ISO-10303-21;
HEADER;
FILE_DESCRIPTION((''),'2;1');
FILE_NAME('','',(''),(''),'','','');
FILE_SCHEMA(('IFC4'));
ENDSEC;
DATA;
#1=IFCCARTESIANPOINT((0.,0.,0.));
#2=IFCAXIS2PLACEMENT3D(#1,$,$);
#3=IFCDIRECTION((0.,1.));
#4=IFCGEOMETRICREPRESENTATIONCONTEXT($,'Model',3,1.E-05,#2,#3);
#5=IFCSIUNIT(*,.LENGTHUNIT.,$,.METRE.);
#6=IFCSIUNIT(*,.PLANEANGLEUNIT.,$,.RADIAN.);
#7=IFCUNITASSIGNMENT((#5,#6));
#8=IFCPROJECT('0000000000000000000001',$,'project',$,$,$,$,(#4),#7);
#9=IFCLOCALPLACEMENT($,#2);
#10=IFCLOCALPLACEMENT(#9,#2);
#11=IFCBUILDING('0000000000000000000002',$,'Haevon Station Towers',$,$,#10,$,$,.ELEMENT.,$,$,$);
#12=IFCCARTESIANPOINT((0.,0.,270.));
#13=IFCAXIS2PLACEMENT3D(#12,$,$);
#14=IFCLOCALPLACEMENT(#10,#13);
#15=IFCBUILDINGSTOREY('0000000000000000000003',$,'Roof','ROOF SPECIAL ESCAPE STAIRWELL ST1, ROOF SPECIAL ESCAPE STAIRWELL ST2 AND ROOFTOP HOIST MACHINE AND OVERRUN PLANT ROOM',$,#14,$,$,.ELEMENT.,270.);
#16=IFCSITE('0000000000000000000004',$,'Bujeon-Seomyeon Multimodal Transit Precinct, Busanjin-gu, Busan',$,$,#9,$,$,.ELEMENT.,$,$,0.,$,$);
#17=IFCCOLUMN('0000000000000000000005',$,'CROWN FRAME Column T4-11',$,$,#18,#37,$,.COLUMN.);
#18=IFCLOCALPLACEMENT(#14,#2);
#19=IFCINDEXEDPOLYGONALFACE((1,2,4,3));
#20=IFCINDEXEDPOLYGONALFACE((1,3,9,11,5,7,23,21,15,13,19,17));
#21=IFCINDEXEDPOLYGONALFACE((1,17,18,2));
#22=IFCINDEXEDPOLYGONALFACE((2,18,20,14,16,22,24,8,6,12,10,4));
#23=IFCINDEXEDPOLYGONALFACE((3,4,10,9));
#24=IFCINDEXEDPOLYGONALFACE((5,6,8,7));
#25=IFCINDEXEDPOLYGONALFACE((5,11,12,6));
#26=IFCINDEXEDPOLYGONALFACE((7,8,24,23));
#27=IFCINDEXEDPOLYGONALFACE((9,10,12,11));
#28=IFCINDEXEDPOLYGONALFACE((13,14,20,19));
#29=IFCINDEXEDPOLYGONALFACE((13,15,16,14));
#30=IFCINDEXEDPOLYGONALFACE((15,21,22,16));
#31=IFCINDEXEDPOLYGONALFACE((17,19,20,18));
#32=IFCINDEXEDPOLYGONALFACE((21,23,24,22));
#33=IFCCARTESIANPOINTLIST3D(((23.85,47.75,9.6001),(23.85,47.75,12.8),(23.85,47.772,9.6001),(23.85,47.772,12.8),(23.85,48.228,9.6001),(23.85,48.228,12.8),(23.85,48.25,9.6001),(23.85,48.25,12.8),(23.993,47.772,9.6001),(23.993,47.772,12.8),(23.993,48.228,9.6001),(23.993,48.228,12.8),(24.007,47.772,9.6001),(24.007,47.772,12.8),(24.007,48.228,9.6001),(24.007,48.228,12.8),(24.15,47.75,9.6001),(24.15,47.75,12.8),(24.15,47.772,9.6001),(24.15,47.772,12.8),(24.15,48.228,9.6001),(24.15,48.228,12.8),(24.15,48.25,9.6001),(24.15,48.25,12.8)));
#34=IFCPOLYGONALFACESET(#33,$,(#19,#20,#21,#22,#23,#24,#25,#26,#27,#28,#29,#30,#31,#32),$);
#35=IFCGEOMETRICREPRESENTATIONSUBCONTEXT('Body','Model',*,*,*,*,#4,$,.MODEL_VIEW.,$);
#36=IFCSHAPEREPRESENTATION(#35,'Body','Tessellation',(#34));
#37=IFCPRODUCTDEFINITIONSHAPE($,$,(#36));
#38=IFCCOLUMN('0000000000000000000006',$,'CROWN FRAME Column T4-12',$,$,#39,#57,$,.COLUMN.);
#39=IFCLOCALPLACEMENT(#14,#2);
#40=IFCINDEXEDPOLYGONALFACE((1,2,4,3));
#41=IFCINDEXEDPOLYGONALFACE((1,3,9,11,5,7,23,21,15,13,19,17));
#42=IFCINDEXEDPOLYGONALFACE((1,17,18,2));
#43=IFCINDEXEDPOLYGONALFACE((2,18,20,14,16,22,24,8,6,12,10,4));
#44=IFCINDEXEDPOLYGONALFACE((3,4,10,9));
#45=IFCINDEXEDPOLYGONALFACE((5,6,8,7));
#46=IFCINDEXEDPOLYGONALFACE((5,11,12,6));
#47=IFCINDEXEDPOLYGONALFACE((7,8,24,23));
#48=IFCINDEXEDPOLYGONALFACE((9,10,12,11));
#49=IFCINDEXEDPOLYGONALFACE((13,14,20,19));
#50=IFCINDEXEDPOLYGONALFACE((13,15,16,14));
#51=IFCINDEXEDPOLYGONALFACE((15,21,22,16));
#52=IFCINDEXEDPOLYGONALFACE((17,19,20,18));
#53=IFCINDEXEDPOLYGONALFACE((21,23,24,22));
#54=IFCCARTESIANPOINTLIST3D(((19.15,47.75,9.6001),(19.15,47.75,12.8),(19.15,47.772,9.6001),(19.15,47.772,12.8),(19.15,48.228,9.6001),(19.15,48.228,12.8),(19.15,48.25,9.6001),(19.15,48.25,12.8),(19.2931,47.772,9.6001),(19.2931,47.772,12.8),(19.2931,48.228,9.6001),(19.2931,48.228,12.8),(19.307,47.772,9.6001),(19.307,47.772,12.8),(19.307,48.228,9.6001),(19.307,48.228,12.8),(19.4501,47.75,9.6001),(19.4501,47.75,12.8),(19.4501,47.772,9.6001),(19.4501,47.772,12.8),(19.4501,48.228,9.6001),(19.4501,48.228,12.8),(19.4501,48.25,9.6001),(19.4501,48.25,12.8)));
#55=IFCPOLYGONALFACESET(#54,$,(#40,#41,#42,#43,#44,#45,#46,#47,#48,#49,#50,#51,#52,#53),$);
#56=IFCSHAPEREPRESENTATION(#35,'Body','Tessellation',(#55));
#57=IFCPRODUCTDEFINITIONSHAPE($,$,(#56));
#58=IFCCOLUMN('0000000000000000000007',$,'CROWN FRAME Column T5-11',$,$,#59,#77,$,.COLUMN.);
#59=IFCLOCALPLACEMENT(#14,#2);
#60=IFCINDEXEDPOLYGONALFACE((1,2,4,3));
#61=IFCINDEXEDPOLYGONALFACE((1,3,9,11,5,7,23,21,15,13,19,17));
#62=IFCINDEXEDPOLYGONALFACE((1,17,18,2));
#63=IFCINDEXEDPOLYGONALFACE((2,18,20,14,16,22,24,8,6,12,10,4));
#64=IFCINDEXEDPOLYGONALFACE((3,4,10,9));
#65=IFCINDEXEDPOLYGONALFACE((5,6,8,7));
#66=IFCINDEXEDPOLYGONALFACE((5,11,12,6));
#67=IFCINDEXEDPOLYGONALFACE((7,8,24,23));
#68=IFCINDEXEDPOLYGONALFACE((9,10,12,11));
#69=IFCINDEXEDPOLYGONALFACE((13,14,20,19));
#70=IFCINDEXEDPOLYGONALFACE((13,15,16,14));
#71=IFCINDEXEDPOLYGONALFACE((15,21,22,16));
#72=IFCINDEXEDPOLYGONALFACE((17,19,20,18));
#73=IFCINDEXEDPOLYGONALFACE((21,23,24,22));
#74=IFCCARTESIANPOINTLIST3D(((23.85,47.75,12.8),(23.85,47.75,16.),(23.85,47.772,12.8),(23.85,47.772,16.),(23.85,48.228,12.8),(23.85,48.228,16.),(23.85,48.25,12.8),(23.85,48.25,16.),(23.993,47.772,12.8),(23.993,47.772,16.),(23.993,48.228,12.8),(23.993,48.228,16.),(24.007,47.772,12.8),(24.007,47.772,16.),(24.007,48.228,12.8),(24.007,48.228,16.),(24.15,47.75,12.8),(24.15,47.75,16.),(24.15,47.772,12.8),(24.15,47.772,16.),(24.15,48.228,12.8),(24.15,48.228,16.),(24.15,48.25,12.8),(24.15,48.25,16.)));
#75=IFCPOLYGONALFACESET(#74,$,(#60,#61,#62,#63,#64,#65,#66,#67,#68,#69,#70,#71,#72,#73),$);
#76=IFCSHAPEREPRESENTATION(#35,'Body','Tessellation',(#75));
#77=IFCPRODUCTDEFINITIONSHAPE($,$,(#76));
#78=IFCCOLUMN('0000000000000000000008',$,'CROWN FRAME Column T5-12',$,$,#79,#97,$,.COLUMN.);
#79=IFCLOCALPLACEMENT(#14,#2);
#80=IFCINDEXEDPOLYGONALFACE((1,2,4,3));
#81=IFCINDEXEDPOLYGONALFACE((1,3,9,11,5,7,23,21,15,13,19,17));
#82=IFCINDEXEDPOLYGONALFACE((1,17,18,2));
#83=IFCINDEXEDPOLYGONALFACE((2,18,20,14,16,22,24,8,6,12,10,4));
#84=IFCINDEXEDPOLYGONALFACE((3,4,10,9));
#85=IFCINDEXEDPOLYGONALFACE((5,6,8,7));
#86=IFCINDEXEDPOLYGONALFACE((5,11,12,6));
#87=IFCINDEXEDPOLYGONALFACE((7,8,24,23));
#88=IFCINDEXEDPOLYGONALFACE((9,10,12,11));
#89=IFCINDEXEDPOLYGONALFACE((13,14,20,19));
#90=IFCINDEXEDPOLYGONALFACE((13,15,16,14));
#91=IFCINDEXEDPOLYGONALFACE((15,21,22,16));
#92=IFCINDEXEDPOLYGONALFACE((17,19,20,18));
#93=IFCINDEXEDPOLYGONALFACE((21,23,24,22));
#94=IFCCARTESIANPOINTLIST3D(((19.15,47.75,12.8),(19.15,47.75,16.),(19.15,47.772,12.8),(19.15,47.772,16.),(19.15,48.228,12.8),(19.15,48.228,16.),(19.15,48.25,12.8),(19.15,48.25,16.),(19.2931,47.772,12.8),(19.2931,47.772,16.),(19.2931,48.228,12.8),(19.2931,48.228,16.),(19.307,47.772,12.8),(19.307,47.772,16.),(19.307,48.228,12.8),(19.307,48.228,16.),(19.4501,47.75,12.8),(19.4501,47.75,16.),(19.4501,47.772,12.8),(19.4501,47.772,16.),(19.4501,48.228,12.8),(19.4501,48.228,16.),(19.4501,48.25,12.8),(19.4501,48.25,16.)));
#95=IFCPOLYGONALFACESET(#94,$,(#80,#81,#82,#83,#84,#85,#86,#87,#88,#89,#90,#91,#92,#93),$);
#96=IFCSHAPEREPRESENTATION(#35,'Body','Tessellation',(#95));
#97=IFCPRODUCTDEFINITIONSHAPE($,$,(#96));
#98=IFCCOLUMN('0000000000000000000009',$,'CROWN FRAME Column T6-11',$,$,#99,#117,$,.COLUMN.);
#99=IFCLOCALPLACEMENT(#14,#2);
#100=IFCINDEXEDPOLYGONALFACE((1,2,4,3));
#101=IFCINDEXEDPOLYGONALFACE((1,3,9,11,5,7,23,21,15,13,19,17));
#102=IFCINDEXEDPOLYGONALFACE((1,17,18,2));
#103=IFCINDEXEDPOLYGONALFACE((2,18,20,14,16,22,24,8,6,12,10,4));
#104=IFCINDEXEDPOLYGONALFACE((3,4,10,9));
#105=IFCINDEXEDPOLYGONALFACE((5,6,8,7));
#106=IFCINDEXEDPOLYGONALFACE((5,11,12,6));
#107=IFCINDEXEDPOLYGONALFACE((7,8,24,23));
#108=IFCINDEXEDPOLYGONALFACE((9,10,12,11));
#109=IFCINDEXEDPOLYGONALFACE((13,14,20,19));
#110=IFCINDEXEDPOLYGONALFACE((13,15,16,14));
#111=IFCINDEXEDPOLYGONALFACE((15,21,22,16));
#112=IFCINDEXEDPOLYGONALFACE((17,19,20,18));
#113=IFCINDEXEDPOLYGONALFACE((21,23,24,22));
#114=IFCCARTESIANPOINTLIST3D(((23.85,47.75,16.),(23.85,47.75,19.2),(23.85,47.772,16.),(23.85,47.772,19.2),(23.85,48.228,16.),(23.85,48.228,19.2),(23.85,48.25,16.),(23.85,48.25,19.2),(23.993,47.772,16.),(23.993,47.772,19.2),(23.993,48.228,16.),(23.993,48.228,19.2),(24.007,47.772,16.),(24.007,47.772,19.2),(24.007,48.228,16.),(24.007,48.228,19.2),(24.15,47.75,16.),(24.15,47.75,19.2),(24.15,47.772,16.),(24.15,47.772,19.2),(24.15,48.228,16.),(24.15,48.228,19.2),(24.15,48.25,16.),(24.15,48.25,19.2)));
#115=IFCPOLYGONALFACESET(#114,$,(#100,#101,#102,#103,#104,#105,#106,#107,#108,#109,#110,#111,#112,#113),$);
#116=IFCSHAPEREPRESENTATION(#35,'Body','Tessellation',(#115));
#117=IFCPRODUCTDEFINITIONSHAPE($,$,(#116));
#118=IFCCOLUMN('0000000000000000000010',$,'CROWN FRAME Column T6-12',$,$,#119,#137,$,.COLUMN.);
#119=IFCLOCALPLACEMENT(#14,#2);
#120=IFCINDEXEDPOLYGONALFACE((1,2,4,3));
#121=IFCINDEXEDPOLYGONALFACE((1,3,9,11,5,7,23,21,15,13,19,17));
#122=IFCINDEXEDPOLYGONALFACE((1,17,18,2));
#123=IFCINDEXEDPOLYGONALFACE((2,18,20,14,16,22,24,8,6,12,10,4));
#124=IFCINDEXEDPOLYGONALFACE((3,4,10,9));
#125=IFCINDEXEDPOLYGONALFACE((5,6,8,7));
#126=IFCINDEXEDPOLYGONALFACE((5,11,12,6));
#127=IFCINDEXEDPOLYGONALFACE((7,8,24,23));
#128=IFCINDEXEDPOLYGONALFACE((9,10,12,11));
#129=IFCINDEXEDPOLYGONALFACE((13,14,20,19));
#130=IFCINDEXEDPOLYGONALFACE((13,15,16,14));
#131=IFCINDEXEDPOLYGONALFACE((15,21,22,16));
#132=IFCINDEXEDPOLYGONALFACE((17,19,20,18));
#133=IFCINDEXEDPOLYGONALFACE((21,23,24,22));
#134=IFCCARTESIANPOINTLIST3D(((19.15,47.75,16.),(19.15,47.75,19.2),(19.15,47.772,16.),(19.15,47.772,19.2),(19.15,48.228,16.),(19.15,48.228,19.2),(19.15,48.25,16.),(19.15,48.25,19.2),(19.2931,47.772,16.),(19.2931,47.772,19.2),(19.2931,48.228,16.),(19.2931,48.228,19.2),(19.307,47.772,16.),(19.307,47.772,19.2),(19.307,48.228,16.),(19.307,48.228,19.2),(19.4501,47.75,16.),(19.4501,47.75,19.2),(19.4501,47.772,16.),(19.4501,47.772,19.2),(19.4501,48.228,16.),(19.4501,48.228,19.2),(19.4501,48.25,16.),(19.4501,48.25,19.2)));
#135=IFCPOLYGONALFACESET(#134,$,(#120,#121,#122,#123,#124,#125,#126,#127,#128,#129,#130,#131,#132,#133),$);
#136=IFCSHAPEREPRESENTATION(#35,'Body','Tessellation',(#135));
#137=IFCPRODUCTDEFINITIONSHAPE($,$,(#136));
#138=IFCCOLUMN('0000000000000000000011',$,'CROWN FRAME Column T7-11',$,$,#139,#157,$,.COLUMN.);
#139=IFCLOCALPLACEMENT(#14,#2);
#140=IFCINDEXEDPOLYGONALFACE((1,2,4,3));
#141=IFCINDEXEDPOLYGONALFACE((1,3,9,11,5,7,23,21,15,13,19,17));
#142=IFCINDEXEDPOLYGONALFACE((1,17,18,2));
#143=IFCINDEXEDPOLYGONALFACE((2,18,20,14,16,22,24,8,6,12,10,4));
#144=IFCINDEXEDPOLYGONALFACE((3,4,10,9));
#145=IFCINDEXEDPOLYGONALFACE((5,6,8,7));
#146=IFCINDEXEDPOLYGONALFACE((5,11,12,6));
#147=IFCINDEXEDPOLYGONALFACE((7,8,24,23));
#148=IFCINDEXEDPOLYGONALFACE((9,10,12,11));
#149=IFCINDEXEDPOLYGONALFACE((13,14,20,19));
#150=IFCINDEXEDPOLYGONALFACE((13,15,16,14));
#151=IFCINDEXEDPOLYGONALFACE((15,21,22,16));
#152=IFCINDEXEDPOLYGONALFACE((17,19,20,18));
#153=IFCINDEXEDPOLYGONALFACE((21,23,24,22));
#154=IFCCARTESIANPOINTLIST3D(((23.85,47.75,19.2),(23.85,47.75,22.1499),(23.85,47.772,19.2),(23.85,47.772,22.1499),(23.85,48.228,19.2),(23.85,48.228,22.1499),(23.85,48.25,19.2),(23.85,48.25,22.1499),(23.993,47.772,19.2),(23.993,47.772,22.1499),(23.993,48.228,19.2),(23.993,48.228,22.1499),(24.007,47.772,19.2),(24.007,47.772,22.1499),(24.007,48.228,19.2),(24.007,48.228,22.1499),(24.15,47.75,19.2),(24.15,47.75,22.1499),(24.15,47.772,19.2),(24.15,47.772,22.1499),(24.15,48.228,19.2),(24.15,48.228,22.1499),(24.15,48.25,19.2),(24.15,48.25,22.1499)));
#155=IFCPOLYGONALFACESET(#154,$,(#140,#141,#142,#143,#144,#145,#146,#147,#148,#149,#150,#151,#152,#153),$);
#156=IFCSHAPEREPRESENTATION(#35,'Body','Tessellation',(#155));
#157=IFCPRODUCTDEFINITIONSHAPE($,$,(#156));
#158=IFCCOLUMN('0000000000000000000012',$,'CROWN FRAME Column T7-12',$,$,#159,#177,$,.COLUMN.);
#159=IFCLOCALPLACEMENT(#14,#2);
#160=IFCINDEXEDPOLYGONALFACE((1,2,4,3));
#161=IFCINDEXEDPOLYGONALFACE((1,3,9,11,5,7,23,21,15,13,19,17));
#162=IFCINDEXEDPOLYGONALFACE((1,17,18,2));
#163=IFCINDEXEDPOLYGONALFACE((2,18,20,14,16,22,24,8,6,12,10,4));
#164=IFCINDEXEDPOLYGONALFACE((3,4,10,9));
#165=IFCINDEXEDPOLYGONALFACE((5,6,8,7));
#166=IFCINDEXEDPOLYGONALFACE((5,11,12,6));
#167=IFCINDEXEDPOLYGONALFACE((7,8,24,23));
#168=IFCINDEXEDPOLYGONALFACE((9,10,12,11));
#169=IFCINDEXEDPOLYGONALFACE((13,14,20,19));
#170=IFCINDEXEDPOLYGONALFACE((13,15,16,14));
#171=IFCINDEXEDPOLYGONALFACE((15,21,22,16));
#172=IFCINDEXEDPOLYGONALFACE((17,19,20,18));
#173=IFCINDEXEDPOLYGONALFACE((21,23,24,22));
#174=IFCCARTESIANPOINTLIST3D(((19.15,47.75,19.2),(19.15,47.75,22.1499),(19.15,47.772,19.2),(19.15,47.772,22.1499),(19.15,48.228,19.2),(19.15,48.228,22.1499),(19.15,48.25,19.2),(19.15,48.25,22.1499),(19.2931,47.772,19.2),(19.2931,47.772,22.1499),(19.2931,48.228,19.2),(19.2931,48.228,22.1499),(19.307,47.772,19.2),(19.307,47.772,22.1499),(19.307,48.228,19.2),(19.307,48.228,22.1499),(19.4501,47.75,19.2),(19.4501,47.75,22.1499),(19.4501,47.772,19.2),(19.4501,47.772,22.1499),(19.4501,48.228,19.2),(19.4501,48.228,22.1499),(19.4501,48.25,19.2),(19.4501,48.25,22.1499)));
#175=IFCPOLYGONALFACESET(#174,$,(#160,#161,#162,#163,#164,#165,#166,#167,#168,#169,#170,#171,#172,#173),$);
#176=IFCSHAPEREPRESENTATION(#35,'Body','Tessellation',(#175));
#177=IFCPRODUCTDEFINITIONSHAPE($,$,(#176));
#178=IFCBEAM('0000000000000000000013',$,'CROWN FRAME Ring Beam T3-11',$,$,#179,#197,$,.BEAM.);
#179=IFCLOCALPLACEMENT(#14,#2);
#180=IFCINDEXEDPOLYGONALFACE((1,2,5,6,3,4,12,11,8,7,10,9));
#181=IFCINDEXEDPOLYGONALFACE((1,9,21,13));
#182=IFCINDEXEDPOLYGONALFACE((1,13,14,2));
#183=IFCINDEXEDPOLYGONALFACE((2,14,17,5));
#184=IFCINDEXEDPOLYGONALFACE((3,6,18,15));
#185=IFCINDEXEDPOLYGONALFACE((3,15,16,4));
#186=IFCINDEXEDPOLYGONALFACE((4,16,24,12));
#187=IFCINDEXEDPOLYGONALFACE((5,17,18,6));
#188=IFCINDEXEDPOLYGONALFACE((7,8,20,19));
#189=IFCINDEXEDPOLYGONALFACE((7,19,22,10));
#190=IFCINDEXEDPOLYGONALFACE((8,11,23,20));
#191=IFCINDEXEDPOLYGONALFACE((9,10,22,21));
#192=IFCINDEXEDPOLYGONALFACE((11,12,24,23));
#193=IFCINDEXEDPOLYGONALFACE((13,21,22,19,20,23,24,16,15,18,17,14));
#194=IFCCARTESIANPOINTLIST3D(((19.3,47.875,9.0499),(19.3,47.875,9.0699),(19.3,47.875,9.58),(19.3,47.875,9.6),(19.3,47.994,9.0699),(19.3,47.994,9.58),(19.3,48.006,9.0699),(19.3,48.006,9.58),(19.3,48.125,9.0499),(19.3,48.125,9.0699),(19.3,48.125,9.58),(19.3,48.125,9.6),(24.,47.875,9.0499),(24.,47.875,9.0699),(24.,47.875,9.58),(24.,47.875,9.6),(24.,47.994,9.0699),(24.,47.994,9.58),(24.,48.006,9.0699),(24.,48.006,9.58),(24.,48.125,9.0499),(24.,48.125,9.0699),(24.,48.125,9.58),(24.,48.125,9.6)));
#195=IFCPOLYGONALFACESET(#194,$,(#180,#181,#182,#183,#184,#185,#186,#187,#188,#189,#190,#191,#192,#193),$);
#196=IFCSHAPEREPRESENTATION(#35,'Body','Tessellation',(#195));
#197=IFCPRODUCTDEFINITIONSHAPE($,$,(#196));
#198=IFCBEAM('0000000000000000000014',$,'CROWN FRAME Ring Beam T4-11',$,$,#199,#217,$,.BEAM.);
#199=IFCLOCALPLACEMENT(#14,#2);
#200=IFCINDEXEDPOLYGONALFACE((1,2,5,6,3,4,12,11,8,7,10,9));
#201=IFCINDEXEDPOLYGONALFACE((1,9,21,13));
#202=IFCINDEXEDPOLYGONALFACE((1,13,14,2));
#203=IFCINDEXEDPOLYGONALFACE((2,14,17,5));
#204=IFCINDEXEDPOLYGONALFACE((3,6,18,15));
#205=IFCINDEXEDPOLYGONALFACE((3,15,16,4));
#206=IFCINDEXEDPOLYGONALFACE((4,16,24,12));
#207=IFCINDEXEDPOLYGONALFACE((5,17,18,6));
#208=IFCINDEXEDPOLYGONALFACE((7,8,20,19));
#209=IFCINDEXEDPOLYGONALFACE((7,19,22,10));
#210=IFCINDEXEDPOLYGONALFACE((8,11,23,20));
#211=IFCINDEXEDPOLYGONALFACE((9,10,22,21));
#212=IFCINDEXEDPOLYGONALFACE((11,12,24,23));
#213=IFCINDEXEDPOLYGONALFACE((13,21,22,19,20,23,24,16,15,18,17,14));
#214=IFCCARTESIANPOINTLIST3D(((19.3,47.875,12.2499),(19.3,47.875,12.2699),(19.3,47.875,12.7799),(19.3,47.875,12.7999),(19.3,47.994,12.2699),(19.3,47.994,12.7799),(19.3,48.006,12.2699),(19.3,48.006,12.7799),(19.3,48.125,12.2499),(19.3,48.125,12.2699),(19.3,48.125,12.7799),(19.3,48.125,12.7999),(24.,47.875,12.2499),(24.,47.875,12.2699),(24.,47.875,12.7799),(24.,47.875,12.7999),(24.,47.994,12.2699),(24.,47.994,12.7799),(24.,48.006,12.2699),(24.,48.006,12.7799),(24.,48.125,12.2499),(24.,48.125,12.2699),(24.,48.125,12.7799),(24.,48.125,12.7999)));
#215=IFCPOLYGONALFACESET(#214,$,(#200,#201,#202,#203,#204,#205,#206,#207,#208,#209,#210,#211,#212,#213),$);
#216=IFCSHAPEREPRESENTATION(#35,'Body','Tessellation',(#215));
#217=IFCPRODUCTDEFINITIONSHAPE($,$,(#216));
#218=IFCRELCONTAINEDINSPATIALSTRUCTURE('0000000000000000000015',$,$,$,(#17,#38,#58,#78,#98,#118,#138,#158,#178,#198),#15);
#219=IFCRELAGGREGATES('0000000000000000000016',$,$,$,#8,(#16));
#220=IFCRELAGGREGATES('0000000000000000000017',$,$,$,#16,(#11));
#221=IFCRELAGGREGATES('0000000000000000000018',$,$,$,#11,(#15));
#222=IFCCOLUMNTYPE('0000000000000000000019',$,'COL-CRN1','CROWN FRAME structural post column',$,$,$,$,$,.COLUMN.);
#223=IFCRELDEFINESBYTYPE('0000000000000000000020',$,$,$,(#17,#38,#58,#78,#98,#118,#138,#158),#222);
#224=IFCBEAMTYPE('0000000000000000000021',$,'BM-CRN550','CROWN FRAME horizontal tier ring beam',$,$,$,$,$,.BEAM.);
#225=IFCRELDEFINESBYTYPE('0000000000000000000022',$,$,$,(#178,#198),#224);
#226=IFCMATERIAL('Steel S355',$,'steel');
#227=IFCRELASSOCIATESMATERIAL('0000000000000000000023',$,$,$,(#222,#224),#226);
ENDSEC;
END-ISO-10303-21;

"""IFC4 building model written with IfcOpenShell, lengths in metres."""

from ifc_helpers import new_model, si_unit, direction, frame, origin, origin_2d, place, context, subcontext, project, spatial, i_section, extrude, material, material_profile, profile_set, type_object, element, save


model = new_model("IFC4")

# Units and contexts
model_context = context("Model", 3, precision=1e-05, world=origin(), true_north=direction((0.0, 1.0)))
body_context = subcontext(model_context, "Body", "Model", "MODEL_VIEW")
ifc_project = project(units=[si_unit("LENGTHUNIT", "METRE"), si_unit("PLANEANGLEUNIT", "RADIAN")], contexts=[model_context])

# Site, building, storey
site_placement = place(None, origin())
site = spatial("IfcSite", under=ifc_project, at=site_placement, Name="Bujeon-Seomyeon Multimodal Transit Precinct, Busanjin-gu, Busan", CompositionType="ELEMENT", RefElevation=0.0)
building_placement = place(site_placement, origin())
building = spatial("IfcBuilding", under=site, at=building_placement, Name="Haevon Station Towers", CompositionType="ELEMENT")
storey_placement = place(building_placement, frame((0.0, 0.0, 270.0)))
storey = spatial("IfcBuildingStorey", under=building, at=storey_placement, Name="Roof", Description="ROOF SPECIAL ESCAPE STAIRWELL ST1, ROOF SPECIAL ESCAPE STAIRWELL ST2 AND ROOFTOP HOIST MACHINE AND OVERRUN PLANT ROOM", CompositionType="ELEMENT", Elevation=270.0)

# Columns
ifc_material_1 = material(Name="Steel S355", Category="steel")
ifc_material_profile_1 = material_profile(ifc_material_1, i_section(OverallWidth=0.3, OverallDepth=0.5, WebThickness=0.0139, FlangeThickness=0.022, at=origin_2d()), Name="H-500x300x14x22")
ifc_profile_set_1 = profile_set([ifc_material_profile_1], Name="Steel S355")
column_type = type_object("IfcColumnType", Name="COL-CRN1", Description="CROWN FRAME structural post column", PredefinedType="COLUMN", material=ifc_profile_set_1)
for number, where, z_axis, x_axis, name in (
    (1, (24.0, 48.0, 9.6001), (0.0, 0.0, 1.0), (1.0, 0.0, 0.0), "CROWN FRAME Column T4-11"),
    (2, (19.3, 48.0, 9.6001), (0.0, 0.0, 1.0), (1.0, 0.0, 0.0), "CROWN FRAME Column T4-12"),
    (3, (24.0, 48.0, 12.8), (0.0, 0.0, 1.0), (1.0, 0.0, 0.0), "CROWN FRAME Column T5-11"),
    (4, (19.3, 48.0, 12.8), (0.0, 0.0, 1.0), (1.0, 0.0, 0.0), "CROWN FRAME Column T5-12"),
    (5, (24.0, 48.0, 16.0), (0.0, 0.0, 1.0), (1.0, 0.0, 0.0), "CROWN FRAME Column T6-11"),
    (6, (19.3, 48.0, 16.0), (0.0, 0.0, 1.0), (1.0, 0.0, 0.0), "CROWN FRAME Column T6-12"),
):
    element("IfcColumn", number, at=place(storey_placement, frame(where, z_axis=z_axis, x_axis=x_axis)), inside=storey, type_object=column_type, Name=name, PredefinedType="COLUMN", context=body_context, shape_type="SweptSolid", body=[
        extrude(i_section(OverallWidth=0.3, OverallDepth=0.5, WebThickness=0.0139, FlangeThickness=0.022, at=origin_2d()), origin(), (0.0, 0.0, 1.0), 3.2),
    ])
for number, where, z_axis, x_axis, name in (
    (7, (24.0, 48.0, 19.2), (0.0, 0.0, 1.0), (1.0, 0.0, 0.0), "CROWN FRAME Column T7-11"),
    (8, (19.3, 48.0, 19.2), (0.0, 0.0, 1.0), (1.0, 0.0, 0.0), "CROWN FRAME Column T7-12"),
):
    element("IfcColumn", number, at=place(storey_placement, frame(where, z_axis=z_axis, x_axis=x_axis)), inside=storey, type_object=column_type, Name=name, PredefinedType="COLUMN", context=body_context, shape_type="SweptSolid", body=[
        extrude(i_section(OverallWidth=0.3, OverallDepth=0.5, WebThickness=0.0139, FlangeThickness=0.022, at=origin_2d()), origin(), (0.0, 0.0, 1.0), 2.95),
    ])

# Beams
ifc_material_profile_2 = material_profile(ifc_material_1, i_section(OverallWidth=0.25, OverallDepth=0.55, WebThickness=0.012, FlangeThickness=0.02, at=origin_2d()), Name="H-550x250x12x20")
ifc_profile_set_2 = profile_set([ifc_material_profile_2], Name="Steel S355")
beam_type = type_object("IfcBeamType", Name="BM-CRN550", Description="CROWN FRAME horizontal tier ring beam", PredefinedType="BEAM", material=ifc_profile_set_2)
for number, where, z_axis, x_axis, name in (
    (9, (24.0, 48.0, 9.325), (-1.0, 0.0, 0.0), (0.0, -1.0, 0.0), "CROWN FRAME Ring Beam T3-11"),
    (10, (24.0, 48.0, 12.5249), (-1.0, 0.0, 0.0), (0.0, -1.0, 0.0), "CROWN FRAME Ring Beam T4-11"),
):
    element("IfcBeam", number, at=place(storey_placement, frame(where, z_axis=z_axis, x_axis=x_axis)), inside=storey, type_object=beam_type, Name=name, PredefinedType="BEAM", context=body_context, shape_type="SweptSolid", body=[
        extrude(i_section(OverallWidth=0.25, OverallDepth=0.55, WebThickness=0.012, FlangeThickness=0.02, at=origin_2d()), origin(), (0.0, 0.0, 1.0), 4.7),
    ])

save(model, "model.ifc")
